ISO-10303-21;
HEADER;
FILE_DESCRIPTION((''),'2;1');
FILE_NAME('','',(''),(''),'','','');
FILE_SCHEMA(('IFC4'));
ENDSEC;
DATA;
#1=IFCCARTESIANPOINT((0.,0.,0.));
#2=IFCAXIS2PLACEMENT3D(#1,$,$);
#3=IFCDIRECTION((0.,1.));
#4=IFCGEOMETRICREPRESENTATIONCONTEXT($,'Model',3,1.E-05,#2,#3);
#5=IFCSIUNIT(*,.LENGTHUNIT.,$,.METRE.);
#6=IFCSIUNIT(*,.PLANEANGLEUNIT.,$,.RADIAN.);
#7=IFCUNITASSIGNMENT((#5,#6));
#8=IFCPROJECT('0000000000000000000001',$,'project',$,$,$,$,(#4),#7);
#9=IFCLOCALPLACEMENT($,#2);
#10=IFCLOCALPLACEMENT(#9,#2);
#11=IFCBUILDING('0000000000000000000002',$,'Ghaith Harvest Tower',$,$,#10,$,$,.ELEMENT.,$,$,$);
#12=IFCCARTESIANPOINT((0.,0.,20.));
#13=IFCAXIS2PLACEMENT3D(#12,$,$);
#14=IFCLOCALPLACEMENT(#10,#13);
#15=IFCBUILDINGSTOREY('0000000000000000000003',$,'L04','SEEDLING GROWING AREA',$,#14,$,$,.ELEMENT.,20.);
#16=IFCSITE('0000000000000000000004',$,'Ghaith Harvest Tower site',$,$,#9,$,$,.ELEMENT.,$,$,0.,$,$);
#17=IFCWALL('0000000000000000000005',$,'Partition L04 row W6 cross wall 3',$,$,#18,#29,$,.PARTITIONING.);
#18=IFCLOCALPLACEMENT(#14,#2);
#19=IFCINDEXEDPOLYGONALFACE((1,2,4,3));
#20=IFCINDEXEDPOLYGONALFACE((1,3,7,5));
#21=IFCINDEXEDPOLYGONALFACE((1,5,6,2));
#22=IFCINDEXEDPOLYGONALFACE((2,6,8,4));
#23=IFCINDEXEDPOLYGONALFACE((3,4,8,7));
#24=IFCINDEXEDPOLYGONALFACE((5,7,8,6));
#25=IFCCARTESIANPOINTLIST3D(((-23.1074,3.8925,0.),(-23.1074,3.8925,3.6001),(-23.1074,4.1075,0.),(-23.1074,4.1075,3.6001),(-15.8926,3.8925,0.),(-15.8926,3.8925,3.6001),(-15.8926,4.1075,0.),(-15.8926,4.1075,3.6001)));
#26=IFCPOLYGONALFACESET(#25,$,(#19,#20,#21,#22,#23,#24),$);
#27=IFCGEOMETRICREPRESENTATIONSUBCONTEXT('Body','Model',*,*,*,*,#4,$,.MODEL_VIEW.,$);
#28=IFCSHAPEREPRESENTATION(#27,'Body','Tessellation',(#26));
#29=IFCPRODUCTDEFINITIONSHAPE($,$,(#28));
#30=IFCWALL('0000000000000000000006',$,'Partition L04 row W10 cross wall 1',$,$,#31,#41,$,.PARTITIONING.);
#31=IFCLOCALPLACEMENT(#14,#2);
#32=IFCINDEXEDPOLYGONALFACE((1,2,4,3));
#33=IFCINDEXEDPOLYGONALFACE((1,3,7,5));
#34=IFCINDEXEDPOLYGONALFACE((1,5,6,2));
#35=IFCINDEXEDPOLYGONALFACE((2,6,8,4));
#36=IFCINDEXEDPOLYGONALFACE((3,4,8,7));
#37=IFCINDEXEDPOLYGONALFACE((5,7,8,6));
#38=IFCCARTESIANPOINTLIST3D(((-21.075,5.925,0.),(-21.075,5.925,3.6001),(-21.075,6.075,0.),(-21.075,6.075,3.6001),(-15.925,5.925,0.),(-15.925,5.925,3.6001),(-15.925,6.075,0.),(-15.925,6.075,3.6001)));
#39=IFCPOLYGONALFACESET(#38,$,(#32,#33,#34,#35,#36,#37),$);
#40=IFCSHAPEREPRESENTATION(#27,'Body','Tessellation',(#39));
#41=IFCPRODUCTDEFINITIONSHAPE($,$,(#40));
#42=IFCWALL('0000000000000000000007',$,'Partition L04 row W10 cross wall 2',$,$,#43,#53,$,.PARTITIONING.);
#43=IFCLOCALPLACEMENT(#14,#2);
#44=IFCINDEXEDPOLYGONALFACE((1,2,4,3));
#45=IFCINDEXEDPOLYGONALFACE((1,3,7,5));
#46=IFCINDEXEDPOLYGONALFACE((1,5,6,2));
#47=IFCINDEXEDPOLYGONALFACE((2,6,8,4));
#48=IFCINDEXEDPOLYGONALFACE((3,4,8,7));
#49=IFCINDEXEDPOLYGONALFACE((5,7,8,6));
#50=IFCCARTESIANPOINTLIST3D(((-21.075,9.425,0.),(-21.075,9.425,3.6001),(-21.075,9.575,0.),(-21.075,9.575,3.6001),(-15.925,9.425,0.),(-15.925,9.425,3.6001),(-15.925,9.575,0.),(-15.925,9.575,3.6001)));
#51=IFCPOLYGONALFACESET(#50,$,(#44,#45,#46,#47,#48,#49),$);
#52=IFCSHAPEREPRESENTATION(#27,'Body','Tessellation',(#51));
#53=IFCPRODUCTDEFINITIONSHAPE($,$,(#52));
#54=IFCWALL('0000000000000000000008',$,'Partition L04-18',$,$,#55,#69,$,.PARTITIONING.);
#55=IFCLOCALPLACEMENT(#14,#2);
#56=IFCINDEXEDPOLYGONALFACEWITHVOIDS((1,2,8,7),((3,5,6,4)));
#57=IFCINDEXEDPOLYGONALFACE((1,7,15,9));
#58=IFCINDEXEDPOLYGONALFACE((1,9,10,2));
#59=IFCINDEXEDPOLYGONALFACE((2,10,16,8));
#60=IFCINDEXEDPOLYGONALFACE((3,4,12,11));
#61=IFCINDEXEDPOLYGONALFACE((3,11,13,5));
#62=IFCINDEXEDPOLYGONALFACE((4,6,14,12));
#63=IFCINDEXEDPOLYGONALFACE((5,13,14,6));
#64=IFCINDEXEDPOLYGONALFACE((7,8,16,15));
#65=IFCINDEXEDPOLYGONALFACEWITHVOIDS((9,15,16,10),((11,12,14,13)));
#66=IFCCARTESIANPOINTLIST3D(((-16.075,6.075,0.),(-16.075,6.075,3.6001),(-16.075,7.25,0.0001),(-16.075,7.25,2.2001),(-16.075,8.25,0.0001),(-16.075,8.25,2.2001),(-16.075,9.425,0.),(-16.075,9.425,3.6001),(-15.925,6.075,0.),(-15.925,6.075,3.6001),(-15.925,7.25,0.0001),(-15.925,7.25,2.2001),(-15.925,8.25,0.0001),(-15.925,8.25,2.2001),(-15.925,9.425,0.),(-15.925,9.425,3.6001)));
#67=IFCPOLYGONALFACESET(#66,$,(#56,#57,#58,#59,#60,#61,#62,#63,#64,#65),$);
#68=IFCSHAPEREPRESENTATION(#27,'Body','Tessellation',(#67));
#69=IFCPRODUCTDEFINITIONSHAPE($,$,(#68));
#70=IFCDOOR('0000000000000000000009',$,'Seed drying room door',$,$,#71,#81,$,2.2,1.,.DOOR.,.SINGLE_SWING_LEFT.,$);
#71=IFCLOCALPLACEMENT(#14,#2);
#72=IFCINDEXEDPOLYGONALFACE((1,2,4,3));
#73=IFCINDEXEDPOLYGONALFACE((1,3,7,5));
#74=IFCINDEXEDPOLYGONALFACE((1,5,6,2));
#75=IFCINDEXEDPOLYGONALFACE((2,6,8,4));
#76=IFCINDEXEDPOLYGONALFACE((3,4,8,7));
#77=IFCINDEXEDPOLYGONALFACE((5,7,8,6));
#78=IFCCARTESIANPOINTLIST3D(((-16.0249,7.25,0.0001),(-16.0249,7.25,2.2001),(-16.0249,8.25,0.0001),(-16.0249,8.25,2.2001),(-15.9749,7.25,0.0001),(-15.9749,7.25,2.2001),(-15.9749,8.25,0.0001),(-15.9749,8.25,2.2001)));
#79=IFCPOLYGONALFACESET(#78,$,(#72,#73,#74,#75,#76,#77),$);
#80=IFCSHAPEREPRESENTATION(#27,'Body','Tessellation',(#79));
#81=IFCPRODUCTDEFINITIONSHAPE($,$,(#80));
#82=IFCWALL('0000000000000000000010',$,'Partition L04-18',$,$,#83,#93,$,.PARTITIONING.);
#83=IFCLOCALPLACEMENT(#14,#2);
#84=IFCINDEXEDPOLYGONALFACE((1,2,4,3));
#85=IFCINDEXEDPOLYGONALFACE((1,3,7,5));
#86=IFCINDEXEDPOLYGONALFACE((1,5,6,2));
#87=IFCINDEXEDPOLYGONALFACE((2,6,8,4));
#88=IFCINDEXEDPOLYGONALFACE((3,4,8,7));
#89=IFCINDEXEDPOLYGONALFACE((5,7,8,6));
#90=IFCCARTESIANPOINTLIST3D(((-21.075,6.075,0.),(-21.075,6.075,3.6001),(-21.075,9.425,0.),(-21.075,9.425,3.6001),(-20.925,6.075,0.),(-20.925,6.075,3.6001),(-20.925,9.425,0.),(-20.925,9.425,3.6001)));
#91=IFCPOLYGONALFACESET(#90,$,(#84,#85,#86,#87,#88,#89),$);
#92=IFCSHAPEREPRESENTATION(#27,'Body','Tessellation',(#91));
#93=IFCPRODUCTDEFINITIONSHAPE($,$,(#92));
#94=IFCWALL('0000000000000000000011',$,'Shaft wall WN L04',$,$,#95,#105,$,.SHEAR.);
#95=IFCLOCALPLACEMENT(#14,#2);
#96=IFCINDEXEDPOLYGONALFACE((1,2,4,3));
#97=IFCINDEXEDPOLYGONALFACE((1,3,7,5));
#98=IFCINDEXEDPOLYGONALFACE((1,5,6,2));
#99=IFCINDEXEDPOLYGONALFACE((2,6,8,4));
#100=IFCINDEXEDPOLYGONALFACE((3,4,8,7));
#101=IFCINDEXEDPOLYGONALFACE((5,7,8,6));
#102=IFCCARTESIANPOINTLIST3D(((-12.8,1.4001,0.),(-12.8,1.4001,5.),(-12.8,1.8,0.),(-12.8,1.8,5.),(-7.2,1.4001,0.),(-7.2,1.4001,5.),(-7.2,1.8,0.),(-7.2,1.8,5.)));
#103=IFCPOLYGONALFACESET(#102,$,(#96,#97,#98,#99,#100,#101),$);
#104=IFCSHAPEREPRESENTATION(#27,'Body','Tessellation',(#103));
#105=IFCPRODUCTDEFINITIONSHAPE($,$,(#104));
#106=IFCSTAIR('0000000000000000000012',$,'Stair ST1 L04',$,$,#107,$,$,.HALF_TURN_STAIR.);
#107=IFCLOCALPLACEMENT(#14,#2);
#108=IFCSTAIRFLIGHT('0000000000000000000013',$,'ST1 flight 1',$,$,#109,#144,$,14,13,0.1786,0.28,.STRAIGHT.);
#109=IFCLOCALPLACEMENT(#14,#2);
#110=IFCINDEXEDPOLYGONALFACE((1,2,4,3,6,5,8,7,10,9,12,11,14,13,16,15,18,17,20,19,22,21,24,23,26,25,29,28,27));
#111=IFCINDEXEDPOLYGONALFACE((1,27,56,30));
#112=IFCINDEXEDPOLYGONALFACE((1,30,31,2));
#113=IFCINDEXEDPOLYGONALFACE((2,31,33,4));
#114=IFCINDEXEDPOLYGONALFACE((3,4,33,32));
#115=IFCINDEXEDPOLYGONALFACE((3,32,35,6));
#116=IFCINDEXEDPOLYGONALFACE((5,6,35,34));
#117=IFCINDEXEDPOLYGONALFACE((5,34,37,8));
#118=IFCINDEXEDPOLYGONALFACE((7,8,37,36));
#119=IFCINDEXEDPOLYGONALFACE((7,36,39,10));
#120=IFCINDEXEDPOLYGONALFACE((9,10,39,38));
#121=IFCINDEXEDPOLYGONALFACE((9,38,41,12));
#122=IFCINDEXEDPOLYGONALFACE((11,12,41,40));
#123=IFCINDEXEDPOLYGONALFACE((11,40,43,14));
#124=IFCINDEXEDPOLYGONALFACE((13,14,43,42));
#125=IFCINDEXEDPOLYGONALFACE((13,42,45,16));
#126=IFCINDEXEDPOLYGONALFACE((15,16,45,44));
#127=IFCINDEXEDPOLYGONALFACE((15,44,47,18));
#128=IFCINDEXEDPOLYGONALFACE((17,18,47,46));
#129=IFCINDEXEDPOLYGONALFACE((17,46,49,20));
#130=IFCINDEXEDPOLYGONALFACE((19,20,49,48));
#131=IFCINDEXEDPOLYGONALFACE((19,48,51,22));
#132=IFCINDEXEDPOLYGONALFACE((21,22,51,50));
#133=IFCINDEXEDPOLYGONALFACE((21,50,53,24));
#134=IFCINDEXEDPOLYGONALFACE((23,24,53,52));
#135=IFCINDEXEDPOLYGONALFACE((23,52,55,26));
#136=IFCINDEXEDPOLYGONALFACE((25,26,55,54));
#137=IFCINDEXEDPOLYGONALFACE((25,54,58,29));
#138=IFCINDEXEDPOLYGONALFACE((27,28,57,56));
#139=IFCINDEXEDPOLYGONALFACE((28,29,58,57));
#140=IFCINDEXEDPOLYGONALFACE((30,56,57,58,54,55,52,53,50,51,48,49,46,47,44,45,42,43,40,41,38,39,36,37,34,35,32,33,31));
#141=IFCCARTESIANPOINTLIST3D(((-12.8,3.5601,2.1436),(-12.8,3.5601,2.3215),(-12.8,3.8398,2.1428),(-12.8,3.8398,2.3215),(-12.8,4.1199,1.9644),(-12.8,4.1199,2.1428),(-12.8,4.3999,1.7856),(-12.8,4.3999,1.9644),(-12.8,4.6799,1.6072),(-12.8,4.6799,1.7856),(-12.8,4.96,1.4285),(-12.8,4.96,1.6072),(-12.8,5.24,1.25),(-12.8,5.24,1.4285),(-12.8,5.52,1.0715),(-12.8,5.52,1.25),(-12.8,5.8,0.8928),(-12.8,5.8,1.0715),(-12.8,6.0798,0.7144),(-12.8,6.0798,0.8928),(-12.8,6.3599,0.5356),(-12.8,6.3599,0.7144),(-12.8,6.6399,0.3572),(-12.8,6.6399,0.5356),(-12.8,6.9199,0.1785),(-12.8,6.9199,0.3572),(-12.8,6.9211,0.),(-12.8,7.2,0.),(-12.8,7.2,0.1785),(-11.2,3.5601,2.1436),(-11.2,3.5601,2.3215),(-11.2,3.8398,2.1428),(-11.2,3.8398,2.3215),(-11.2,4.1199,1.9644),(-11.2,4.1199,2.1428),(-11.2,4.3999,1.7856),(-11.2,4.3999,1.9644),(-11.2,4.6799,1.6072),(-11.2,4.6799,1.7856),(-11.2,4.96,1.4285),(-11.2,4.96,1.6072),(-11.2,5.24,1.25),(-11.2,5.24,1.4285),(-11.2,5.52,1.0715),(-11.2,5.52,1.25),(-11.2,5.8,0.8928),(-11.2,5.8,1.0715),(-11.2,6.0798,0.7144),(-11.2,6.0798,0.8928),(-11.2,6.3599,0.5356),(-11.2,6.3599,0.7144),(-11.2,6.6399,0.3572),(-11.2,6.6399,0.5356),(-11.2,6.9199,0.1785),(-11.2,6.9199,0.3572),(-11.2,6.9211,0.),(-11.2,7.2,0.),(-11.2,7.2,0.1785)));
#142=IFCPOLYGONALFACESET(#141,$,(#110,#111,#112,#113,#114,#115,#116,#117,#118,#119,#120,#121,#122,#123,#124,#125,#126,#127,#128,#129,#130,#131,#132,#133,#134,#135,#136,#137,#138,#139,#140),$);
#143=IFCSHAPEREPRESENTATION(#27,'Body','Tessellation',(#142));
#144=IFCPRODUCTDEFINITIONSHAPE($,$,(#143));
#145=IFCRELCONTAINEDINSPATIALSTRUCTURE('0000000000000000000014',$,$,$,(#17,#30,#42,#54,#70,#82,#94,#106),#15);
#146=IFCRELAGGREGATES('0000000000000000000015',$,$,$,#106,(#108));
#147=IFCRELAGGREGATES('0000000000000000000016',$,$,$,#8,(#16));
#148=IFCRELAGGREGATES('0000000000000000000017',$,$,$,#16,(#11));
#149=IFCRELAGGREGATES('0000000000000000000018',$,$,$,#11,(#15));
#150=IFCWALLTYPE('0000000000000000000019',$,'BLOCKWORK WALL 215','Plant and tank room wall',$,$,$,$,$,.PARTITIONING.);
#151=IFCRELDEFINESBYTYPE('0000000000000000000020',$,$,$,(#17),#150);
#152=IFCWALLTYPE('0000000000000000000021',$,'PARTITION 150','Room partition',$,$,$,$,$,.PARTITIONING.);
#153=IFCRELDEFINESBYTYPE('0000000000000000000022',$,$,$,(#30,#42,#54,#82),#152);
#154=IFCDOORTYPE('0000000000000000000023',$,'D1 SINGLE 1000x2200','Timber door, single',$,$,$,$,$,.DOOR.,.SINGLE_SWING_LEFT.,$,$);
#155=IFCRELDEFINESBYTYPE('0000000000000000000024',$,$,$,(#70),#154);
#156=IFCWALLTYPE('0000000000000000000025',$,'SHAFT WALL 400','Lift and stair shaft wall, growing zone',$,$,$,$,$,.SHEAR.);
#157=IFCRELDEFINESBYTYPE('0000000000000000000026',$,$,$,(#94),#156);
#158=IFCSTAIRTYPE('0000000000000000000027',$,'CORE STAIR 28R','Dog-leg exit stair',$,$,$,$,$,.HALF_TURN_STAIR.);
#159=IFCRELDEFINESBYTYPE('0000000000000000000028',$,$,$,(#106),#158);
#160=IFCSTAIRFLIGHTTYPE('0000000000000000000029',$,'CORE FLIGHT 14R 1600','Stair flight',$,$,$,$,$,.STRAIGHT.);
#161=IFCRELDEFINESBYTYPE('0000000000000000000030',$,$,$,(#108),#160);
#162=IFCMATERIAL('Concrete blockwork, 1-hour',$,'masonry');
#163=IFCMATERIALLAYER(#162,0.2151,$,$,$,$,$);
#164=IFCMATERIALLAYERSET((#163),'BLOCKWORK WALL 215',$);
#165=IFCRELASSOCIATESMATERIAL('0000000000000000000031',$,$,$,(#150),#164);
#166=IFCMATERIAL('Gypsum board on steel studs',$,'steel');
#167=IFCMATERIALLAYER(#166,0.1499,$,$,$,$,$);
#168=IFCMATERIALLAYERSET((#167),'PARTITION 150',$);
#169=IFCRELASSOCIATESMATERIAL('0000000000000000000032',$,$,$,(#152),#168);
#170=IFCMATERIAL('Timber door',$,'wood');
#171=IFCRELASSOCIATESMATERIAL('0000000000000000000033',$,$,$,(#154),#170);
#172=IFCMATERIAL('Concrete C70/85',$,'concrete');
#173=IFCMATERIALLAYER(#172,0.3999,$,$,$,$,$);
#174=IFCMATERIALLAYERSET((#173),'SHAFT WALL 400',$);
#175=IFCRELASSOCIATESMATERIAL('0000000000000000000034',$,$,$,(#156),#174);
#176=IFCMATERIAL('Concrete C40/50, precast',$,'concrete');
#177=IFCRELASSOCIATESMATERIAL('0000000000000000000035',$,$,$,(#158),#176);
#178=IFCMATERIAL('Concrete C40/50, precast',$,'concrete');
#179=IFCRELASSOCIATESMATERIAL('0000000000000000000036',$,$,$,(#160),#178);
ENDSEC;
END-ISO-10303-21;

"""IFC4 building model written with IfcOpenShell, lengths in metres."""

from ifc_helpers import new_model, si_unit, direction, frame, frame_2d, origin, place, context, subcontext, project, spatial, polyline, rectangle, outline, extrude, material, layer, layer_set, type_object, element, fill, aggregate, save


model = new_model("IFC4")

# Units and contexts
model_context = context("Model", 3, precision=1e-05, world=origin(), true_north=direction((0.0, 1.0)))
body_context = subcontext(model_context, "Body", "Model", "MODEL_VIEW")
ifc_project = project(units=[si_unit("LENGTHUNIT", "METRE"), si_unit("PLANEANGLEUNIT", "RADIAN")], contexts=[model_context])

# Site, building, storey
site_placement = place(None, origin())
site = spatial("IfcSite", under=ifc_project, at=site_placement, Name="Ghaith Harvest Tower site", CompositionType="ELEMENT", RefElevation=0.0)
building_placement = place(site_placement, origin())
building = spatial("IfcBuilding", under=site, at=building_placement, Name="Ghaith Harvest Tower", CompositionType="ELEMENT")
storey_placement = place(building_placement, frame((0.0, 0.0, 20.0)))
storey = spatial("IfcBuildingStorey", under=building, at=storey_placement, Name="L04", Description="SEEDLING GROWING AREA", CompositionType="ELEMENT", Elevation=20.0)

# Wall
ifc_material_1 = material(Name="Concrete blockwork, 1-hour", Category="masonry")
ifc_layer_1 = layer(ifc_material_1, 0.2151)
ifc_layer_set_1 = layer_set([ifc_layer_1], Name="BLOCKWORK WALL 215")
wall_type_1 = type_object("IfcWallType", Name="BLOCKWORK WALL 215", Description="Plant and tank room wall", PredefinedType="PARTITIONING", material=ifc_layer_set_1)
wall_1_placement = place(storey_placement, frame((-15.8926, 4.0, 0.0), z_axis=(0.0, 0.0, 1.0), x_axis=(-1.0, 0.0, 0.0)))
element("IfcWall", 1, at=wall_1_placement, inside=storey, type_object=wall_type_1, Name="Partition L04 row W6 cross wall 3", PredefinedType="PARTITIONING", context=body_context, shape_type="SweptSolid", body=[
    extrude(rectangle(XDim=7.2148, YDim=0.2151, at=frame_2d((3.6074, 0.0))), origin(), (0.0, 0.0, 1.0), 3.6001),
])

# Walls
ifc_material_2 = material(Name="Gypsum board on steel studs", Category="steel")
ifc_layer_2 = layer(ifc_material_2, 0.1499)
ifc_layer_set_2 = layer_set([ifc_layer_2], Name="PARTITION 150")
wall_type_2 = type_object("IfcWallType", Name="PARTITION 150", Description="Room partition", PredefinedType="PARTITIONING", material=ifc_layer_set_2)
for number, where, z_axis, x_axis, name in (
    (2, (-15.925, 6.0, 0.0), (0.0, 0.0, 1.0), (-1.0, 0.0, 0.0), "Partition L04 row W10 cross wall 1"),
    (3, (-15.925, 9.5, 0.0), (0.0, 0.0, 1.0), (-1.0, 0.0, 0.0), "Partition L04 row W10 cross wall 2"),
):
    element("IfcWall", number, at=place(storey_placement, frame(where, z_axis=z_axis, x_axis=x_axis)), inside=storey, type_object=wall_type_2, Name=name, PredefinedType="PARTITIONING", context=body_context, shape_type="SweptSolid", body=[
        extrude(rectangle(XDim=5.1499, YDim=0.1499, at=frame_2d((2.575, 0.0))), origin(), (0.0, 0.0, 1.0), 3.6001),
    ])

# Wall, opening, door
wall_2_placement = place(storey_placement, frame((-16.0, 6.075, 0.0), z_axis=(0.0, 0.0, 1.0), x_axis=(0.0, 1.0, 0.0)))
wall_2 = element("IfcWall", 4, at=wall_2_placement, inside=storey, type_object=wall_type_2, Name="Partition L04-18", PredefinedType="PARTITIONING", context=body_context, shape_type="SweptSolid", body=[
    extrude(rectangle(XDim=3.3501, YDim=0.1499, at=frame_2d((1.675, 0.0))), origin(), (0.0, 0.0, 1.0), 3.6001),
])
opening_1_placement = place(wall_2_placement, frame((1.175, 0.0, 0.0)))
opening_1 = element("IfcOpeningElement", 5, at=opening_1_placement, cuts=wall_2, PredefinedType="OPENING", context=body_context, shape_type="SweptSolid", body=[
    extrude(rectangle(XDim=1.0, YDim=2.2, at=frame_2d((0.5, 1.1001))), frame((0.0, 0.085, 0.0), z_axis=(0.0, -1.0, 0.0), x_axis=(1.0, 0.0, 0.0)), (0.0, 0.0, 1.0), 0.1699),
])
ifc_material_3 = material(Name="Timber door", Category="wood")
door_type_1 = type_object("IfcDoorType", Name="D1 SINGLE 1000x2200", Description="Timber door, single", OperationType="SINGLE_SWING_LEFT", PredefinedType="DOOR", material=ifc_material_3)
door_1_placement = place(opening_1_placement, origin())
door_1 = element("IfcDoor", 6, at=door_1_placement, inside=storey, type_object=door_type_1, Name="Seed drying room door", OperationType="SINGLE_SWING_LEFT", OverallHeight=2.2, OverallWidth=1.0, PredefinedType="DOOR", context=body_context, shape_type="SweptSolid", body=[
    extrude(rectangle(XDim=1.0, YDim=2.2, at=frame_2d((0.5, 1.1001))), frame((0.0, 0.0249, 0.0), z_axis=(0.0, -1.0, 0.0), x_axis=(1.0, 0.0, 0.0)), (0.0, 0.0, 1.0), 0.05),
])
fill(opening_1, door_1)

# Walls
wall_3_placement = place(storey_placement, frame((-21.0, 6.075, 0.0), z_axis=(0.0, 0.0, 1.0), x_axis=(0.0, 1.0, 0.0)))
element("IfcWall", 7, at=wall_3_placement, inside=storey, type_object=wall_type_2, Name="Partition L04-18", PredefinedType="PARTITIONING", context=body_context, shape_type="SweptSolid", body=[
    extrude(rectangle(XDim=3.3501, YDim=0.1499, at=frame_2d((1.675, 0.0))), origin(), (0.0, 0.0, 1.0), 3.6001),
])
ifc_material_4 = material(Name="Concrete C70/85", Category="concrete")
ifc_layer_3 = layer(ifc_material_4, 0.3999)
ifc_layer_set_3 = layer_set([ifc_layer_3], Name="SHAFT WALL 400")
wall_type_3 = type_object("IfcWallType", Name="SHAFT WALL 400", Description="Lift and stair shaft wall, growing zone", PredefinedType="SHEAR", material=ifc_layer_set_3)
wall_4_placement = place(storey_placement, frame((-12.8, 1.6001, 0.0), z_axis=(0.0, 0.0, 1.0), x_axis=(1.0, 0.0, 0.0)))
element("IfcWall", 8, at=wall_4_placement, inside=storey, type_object=wall_type_3, Name="Shaft wall WN L04", PredefinedType="SHEAR", context=body_context, shape_type="SweptSolid", body=[
    extrude(rectangle(XDim=5.6001, YDim=0.3999, at=frame_2d((2.8, 0.0))), origin(), (0.0, 0.0, 1.0), 5.0),
])

# Stair, stair flight
ifc_material_5 = material(Name="Concrete C40/50, precast", Category="concrete")
stair_type = type_object("IfcStairType", Name="CORE STAIR 28R", Description="Dog-leg exit stair", PredefinedType="HALF_TURN_STAIR", material=ifc_material_5)
stair_placement = place(storey_placement, origin())
stair = element("IfcStair", 9, at=stair_placement, inside=storey, type_object=stair_type, Name="Stair ST1 L04", PredefinedType="HALF_TURN_STAIR")
ifc_material_6 = material(Name="Concrete C40/50, precast", Category="concrete")
stair_flight_type = type_object("IfcStairFlightType", Name="CORE FLIGHT 14R 1600", Description="Stair flight", PredefinedType="STRAIGHT", material=ifc_material_6)
stair_flight_placement = place(storey_placement, frame((-12.0, 7.2, 0.0), z_axis=(0.0, 0.0, 1.0), x_axis=(0.0, -1.0, 0.0)))
stair_flight = element("IfcStairFlight", 10, at=stair_flight_placement, type_object=stair_flight_type, Name="ST1 flight 1", NumberOfRisers=14, NumberOfTreads=13, PredefinedType="STRAIGHT", RiserHeight=0.1786, TreadLength=0.28, context=body_context, shape_type="SweptSolid", body=[
    extrude(outline(polyline([(0.0, 0.0), (0.0, 0.1785), (0.28, 0.1785), (0.28, 0.3572), (0.5601, 0.3572), (0.5601, 0.5356), (0.8401, 0.5356), (0.8401, 0.7144), (1.1201, 0.7144), (1.1201, 0.8928), (1.3999, 0.8928), (1.3999, 1.0715), (1.6799, 1.0715), (1.6799, 1.25), (1.96, 1.25), (1.96, 1.4285), (2.24, 1.4285), (2.24, 1.6072), (2.52, 1.6072), (2.52, 1.7856), (2.8, 1.7856), (2.8, 1.9644), (3.0801, 1.9644), (3.0801, 2.1428), (3.3601, 2.1428), (3.3601, 2.3215), (3.6399, 2.3215), (3.6399, 2.5), (3.6399, 2.1436), (0.2788, 0.0), (0.0, 0.0)])), frame((0.0, 0.8, 0.0), z_axis=(0.0, -1.0, 0.0), x_axis=(1.0, 0.0, 0.0)), (0.0, 0.0, 1.0), 1.6001),
])
aggregate(stair, [stair_flight])

save(model, "model.ifc")
